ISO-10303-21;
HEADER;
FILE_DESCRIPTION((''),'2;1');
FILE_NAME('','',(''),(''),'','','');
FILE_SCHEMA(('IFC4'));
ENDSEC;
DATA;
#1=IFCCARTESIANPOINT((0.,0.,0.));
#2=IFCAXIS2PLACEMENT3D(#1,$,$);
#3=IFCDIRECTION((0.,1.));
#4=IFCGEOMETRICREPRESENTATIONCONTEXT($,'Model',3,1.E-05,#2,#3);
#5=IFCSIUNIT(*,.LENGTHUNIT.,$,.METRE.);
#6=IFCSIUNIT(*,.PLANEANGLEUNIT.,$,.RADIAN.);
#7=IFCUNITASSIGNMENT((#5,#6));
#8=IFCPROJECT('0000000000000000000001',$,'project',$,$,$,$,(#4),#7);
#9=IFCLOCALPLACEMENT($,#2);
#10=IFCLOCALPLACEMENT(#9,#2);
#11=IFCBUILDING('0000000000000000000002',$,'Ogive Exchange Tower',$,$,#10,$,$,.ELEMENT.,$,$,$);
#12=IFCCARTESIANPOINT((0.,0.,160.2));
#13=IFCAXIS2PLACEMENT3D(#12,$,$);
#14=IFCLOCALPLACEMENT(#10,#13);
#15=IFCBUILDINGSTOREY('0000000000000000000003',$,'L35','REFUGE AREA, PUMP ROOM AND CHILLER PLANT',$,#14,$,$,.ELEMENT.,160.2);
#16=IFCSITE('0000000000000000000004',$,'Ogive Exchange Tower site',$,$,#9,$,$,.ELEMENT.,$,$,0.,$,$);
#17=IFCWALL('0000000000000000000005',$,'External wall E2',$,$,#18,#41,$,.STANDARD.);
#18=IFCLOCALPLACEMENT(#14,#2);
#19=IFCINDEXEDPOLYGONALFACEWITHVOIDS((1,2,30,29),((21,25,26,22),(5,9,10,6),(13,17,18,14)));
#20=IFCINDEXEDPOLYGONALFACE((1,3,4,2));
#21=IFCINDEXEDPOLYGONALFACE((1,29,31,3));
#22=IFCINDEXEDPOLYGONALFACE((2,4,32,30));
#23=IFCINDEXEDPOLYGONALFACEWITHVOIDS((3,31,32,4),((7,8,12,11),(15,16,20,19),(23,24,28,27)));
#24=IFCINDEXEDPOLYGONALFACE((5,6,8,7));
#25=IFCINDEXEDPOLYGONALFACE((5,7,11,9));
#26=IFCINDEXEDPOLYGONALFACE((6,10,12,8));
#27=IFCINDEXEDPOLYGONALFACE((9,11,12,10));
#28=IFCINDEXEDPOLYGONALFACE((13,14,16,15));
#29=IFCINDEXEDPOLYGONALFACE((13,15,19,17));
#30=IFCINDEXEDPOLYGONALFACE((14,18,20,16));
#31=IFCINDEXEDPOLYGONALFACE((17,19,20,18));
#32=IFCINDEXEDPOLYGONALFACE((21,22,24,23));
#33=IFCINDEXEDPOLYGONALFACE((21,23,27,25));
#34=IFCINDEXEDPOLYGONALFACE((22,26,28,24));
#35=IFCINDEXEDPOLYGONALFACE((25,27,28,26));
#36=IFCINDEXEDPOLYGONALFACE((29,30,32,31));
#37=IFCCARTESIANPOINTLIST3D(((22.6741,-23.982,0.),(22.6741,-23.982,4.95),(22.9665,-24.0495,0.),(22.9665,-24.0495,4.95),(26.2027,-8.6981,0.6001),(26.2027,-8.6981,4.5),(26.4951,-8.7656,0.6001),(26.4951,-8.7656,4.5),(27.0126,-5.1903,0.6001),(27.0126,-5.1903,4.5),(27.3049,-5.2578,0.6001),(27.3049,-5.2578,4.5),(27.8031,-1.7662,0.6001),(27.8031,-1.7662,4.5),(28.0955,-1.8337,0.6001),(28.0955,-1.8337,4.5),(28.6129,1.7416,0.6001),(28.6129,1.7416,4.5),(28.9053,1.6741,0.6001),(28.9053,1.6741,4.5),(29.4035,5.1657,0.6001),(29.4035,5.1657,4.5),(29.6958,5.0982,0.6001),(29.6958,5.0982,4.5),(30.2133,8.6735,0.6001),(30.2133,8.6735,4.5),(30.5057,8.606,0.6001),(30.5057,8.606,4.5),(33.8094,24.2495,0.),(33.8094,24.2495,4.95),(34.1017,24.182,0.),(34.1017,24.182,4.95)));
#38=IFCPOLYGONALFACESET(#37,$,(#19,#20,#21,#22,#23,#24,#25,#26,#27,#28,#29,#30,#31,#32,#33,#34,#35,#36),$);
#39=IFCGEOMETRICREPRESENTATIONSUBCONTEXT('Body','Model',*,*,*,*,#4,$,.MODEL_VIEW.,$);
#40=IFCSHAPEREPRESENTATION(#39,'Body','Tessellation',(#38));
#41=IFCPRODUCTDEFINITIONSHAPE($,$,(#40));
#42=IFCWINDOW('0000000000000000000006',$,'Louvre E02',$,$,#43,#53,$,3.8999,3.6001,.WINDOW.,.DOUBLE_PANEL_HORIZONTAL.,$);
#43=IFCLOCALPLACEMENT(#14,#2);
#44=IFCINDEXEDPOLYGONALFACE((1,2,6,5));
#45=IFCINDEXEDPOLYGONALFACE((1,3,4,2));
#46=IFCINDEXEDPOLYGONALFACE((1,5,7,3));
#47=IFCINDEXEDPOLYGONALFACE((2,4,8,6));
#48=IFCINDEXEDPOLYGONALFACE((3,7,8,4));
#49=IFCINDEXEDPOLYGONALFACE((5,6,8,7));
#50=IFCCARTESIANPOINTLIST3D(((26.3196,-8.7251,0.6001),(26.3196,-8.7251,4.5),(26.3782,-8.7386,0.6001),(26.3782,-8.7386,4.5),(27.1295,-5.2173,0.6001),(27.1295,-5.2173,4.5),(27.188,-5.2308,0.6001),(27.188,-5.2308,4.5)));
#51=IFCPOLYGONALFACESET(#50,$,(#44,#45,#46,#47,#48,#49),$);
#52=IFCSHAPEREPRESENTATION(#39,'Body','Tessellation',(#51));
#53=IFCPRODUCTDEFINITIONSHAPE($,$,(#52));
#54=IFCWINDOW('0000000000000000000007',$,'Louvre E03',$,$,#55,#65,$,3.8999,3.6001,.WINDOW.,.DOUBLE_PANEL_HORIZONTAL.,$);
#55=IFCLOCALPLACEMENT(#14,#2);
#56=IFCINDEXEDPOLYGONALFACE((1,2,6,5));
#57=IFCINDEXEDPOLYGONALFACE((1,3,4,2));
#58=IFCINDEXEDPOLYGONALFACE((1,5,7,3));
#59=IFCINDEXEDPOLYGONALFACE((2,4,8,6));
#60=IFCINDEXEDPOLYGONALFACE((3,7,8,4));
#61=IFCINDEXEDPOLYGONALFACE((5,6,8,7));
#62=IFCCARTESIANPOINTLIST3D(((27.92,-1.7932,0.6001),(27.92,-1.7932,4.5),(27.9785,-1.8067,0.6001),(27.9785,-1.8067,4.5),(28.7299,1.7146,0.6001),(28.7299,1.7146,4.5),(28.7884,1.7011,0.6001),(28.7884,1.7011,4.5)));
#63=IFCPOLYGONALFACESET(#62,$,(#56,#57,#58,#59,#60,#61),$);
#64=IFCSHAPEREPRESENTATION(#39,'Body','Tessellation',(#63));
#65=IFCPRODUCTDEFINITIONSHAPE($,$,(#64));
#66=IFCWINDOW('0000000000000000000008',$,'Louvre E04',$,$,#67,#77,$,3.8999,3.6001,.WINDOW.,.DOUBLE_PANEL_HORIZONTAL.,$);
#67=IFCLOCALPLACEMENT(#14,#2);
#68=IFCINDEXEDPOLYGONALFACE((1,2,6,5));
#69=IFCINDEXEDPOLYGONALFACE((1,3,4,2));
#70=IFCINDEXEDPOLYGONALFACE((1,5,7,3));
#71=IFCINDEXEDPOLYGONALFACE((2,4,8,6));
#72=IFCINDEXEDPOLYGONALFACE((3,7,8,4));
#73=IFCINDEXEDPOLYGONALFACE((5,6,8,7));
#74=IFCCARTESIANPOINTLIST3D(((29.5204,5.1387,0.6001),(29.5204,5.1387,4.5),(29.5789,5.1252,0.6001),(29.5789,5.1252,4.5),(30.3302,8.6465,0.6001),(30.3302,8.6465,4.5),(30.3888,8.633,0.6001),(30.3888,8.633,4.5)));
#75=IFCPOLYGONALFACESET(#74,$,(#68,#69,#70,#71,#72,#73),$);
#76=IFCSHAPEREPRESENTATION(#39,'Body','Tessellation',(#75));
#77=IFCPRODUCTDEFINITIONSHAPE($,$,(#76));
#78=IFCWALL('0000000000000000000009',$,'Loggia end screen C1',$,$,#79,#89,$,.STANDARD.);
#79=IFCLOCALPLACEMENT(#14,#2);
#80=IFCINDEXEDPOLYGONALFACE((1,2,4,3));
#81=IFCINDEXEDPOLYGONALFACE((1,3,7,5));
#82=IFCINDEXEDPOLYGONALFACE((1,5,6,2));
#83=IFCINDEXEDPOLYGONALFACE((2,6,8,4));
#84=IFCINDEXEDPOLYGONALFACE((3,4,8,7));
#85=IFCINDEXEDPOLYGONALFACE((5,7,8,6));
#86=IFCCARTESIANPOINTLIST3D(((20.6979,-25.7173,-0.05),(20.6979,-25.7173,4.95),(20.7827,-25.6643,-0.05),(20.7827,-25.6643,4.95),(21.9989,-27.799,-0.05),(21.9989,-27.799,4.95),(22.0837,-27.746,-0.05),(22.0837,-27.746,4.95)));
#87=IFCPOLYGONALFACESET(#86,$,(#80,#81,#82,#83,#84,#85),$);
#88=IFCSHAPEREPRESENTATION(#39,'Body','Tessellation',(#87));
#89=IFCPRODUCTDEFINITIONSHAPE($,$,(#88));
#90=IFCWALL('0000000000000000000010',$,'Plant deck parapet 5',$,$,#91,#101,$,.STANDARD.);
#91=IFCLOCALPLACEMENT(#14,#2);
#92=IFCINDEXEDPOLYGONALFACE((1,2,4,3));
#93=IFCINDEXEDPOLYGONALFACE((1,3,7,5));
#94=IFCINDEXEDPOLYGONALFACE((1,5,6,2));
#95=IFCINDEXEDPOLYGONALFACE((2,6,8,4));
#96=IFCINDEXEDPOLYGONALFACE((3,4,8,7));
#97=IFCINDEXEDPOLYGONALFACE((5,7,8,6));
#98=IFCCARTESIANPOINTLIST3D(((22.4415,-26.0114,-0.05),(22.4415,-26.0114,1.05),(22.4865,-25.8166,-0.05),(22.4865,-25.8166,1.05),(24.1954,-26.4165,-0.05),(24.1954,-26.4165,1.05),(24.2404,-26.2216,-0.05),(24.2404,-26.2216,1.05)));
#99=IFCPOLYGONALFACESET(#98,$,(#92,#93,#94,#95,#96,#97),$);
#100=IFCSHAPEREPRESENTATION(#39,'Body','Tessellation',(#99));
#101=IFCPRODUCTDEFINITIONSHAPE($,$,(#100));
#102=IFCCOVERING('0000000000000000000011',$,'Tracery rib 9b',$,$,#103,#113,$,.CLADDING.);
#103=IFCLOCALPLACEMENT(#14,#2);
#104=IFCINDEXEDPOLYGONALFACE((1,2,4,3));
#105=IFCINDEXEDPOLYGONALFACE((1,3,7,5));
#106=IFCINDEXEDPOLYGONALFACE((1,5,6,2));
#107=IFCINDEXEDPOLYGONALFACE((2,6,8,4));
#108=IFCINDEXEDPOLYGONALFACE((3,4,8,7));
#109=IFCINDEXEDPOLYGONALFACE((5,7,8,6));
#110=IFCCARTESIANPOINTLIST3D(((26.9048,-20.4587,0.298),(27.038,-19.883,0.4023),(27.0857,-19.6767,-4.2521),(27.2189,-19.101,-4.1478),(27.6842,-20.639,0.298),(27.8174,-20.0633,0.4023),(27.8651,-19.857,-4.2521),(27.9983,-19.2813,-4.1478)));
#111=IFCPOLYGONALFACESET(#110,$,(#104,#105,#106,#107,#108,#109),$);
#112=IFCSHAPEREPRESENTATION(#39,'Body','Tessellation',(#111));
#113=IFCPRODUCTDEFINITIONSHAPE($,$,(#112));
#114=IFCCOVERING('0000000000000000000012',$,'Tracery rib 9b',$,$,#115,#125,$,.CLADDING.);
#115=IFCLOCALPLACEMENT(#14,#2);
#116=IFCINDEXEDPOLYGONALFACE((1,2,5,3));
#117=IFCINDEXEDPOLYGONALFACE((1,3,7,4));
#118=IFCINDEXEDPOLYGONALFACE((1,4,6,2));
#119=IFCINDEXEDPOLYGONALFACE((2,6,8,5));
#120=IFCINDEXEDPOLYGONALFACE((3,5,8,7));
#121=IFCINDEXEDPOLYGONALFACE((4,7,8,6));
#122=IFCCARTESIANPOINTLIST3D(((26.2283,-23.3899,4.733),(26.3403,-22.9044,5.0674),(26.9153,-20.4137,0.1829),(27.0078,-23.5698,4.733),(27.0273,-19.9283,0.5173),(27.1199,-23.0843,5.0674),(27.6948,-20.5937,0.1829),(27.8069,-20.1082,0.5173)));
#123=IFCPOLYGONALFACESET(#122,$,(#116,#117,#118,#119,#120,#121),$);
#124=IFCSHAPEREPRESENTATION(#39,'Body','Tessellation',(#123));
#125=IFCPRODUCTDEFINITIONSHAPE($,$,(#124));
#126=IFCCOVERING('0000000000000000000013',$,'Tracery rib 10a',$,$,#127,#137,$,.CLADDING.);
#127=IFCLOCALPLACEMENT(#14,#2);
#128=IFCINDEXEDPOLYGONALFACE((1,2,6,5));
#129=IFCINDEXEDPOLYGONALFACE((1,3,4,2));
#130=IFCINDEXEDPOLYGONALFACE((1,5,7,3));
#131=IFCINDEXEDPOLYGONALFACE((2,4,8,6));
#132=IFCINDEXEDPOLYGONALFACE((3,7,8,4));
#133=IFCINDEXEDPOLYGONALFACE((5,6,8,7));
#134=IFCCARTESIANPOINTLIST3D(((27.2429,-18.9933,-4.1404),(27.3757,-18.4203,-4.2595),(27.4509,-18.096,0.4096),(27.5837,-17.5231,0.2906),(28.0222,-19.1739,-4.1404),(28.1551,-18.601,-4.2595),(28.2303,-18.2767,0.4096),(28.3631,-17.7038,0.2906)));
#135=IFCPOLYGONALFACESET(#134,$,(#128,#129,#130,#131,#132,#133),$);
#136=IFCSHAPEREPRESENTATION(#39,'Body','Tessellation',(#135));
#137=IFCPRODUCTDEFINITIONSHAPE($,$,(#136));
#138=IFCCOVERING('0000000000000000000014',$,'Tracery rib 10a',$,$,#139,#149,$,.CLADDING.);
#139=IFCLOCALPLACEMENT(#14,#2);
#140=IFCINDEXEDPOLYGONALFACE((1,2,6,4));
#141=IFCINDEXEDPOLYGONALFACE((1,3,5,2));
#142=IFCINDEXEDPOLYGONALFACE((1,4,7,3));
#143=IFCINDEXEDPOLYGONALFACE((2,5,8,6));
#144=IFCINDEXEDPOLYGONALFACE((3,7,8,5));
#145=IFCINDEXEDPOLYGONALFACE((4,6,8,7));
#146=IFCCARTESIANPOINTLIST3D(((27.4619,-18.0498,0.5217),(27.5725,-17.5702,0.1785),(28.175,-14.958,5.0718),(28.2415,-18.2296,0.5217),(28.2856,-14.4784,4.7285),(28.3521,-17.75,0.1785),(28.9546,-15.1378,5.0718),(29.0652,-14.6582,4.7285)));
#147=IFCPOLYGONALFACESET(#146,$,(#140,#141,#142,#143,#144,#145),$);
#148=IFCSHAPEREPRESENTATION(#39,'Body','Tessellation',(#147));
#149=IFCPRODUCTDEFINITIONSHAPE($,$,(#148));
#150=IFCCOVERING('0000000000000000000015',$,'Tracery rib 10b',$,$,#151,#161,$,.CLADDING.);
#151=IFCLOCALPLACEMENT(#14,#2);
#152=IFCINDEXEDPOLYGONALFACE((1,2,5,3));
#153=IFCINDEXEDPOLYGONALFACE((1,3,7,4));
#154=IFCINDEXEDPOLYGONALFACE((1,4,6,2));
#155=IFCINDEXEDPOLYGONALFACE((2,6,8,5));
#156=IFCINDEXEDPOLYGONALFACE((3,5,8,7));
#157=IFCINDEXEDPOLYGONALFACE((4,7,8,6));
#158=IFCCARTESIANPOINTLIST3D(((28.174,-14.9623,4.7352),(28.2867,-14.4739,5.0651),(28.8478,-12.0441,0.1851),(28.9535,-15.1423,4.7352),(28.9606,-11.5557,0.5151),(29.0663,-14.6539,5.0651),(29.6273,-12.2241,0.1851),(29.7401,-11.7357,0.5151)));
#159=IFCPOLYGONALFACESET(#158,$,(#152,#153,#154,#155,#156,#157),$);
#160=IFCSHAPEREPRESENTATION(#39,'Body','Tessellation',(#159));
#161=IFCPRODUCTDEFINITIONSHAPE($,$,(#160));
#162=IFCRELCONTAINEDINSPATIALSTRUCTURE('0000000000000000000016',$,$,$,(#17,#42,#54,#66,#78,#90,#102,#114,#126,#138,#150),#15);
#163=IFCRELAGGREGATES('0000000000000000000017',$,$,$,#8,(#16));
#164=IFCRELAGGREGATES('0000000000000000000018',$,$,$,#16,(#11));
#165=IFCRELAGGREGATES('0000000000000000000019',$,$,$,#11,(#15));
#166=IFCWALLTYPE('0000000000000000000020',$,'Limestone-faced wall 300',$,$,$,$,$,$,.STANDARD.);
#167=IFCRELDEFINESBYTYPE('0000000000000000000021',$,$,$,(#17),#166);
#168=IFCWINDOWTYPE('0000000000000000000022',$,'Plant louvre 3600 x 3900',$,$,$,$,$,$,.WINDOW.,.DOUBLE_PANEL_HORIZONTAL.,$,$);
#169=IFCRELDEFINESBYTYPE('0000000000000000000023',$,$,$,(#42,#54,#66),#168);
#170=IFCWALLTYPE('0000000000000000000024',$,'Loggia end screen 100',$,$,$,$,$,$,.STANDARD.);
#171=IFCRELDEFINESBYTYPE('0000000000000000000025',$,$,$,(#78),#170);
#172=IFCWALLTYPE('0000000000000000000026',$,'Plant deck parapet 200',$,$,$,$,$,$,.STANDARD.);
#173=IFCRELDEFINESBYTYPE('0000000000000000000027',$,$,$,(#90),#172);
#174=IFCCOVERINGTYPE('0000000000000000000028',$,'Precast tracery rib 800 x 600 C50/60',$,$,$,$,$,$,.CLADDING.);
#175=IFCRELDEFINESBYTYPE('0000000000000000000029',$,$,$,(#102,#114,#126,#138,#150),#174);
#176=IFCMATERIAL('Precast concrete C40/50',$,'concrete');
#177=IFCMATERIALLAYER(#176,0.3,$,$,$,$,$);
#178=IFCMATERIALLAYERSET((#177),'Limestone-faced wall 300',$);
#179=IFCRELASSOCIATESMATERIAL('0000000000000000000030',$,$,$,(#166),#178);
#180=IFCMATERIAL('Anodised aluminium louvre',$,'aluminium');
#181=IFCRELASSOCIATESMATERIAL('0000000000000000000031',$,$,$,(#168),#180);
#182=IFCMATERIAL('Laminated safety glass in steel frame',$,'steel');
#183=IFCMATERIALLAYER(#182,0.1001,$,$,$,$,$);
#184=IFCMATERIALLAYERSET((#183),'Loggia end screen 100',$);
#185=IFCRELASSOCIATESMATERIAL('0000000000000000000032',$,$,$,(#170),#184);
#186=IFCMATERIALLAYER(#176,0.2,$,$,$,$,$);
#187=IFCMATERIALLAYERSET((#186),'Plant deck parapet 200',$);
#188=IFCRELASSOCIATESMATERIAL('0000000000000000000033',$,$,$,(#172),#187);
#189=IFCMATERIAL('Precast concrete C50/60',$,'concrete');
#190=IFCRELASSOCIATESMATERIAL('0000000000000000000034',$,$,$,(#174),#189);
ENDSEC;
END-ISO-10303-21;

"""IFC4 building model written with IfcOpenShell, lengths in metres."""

from ifc_helpers import new_model, si_unit, direction, frame, frame_2d, origin, origin_2d, place, context, subcontext, project, spatial, rectangle, extrude, material, layer, layer_set, material_profile, profile_set, type_object, element, fill, save


model = new_model("IFC4")

# Units and contexts
model_context = context("Model", 3, precision=1e-05, world=origin(), true_north=direction((0.0, 1.0)))
body_context = subcontext(model_context, "Body", "Model", "MODEL_VIEW")
ifc_project = project(units=[si_unit("LENGTHUNIT", "METRE"), si_unit("PLANEANGLEUNIT", "RADIAN")], contexts=[model_context])

# Site, building, storey
site_placement = place(None, origin())
site = spatial("IfcSite", under=ifc_project, at=site_placement, Name="Ogive Exchange Tower site", CompositionType="ELEMENT", RefElevation=0.0)
building_placement = place(site_placement, origin())
building = spatial("IfcBuilding", under=site, at=building_placement, Name="Ogive Exchange Tower", CompositionType="ELEMENT")
storey_placement = place(building_placement, frame((0.0, 0.0, 160.2)))
storey = spatial("IfcBuildingStorey", under=building, at=storey_placement, Name="L35", Description="REFUGE AREA, PUMP ROOM AND CHILLER PLANT", CompositionType="ELEMENT", Elevation=160.2)

# Wall, openings, windows
ifc_material_1 = material(Name="Precast concrete C40/50", Category="concrete")
ifc_layer_1 = layer(ifc_material_1, 0.3)
ifc_layer_set_1 = layer_set([ifc_layer_1], Name="Limestone-faced wall 300")
wall_type_1 = type_object("IfcWallType", Name="Limestone-faced wall 300", PredefinedType="STANDARD", material=ifc_layer_set_1)
wall_1_placement = place(storey_placement, frame((22.8203, -24.0156, 0.0), z_axis=(0.0, 0.0, 1.0), x_axis=(0.224954, 0.974369, 0.0)))
wall_1 = element("IfcWall", 1, at=wall_1_placement, inside=storey, type_object=wall_type_1, Name="External wall E2", PredefinedType="STANDARD", context=body_context, shape_type="SweptSolid", body=[
    extrude(rectangle(XDim=49.5002, YDim=0.3, at=frame_2d((24.75, 0.0))), origin(), (0.0, 0.0, 1.0), 4.95),
])
opening_1_placement = place(wall_1_placement, frame((15.6858, 0.0, 0.6001)))
opening_1 = element("IfcOpeningElement", 2, at=opening_1_placement, cuts=wall_1, PredefinedType="OPENING", context=body_context, shape_type="SweptSolid", body=[
    extrude(rectangle(XDim=3.6001, YDim=3.8999, at=frame_2d((1.8, 1.95))), frame((0.0, 0.1599, 0.0), z_axis=(0.0, -1.0, 0.0), x_axis=(1.0, 0.0, 0.0)), (0.0, 0.0, 1.0), 0.3201),
])
opening_2_placement = place(wall_1_placement, frame((22.8, 0.0, 0.6001)))
opening_2 = element("IfcOpeningElement", 3, at=opening_2_placement, cuts=wall_1, PredefinedType="OPENING", context=body_context, shape_type="SweptSolid", body=[
    extrude(rectangle(XDim=3.6001, YDim=3.8999, at=frame_2d((1.8, 1.95))), frame((0.0, 0.1599, 0.0), z_axis=(0.0, -1.0, 0.0), x_axis=(1.0, 0.0, 0.0)), (0.0, 0.0, 1.0), 0.3201),
])
opening_3_placement = place(wall_1_placement, frame((29.9143, 0.0, 0.6001)))
opening_3 = element("IfcOpeningElement", 4, at=opening_3_placement, cuts=wall_1, PredefinedType="OPENING", context=body_context, shape_type="SweptSolid", body=[
    extrude(rectangle(XDim=3.6001, YDim=3.8999, at=frame_2d((1.8, 1.95))), frame((0.0, 0.1599, 0.0), z_axis=(0.0, -1.0, 0.0), x_axis=(1.0, 0.0, 0.0)), (0.0, 0.0, 1.0), 0.3201),
])
ifc_material_2 = material(Name="Anodised aluminium louvre", Category="aluminium")
window_type = type_object("IfcWindowType", Name="Plant louvre 3600 x 3900", PartitioningType="DOUBLE_PANEL_HORIZONTAL", PredefinedType="WINDOW", material=ifc_material_2)
window_1_placement = place(opening_1_placement, origin())
window_1 = element("IfcWindow", 5, at=window_1_placement, inside=storey, type_object=window_type, Name="Louvre E02", OverallHeight=3.8999, OverallWidth=3.6001, PartitioningType="DOUBLE_PANEL_HORIZONTAL", PredefinedType="WINDOW", context=body_context, shape_type="SweptSolid", body=[
    extrude(rectangle(XDim=3.6001, YDim=3.8999, at=frame_2d((1.8, 1.95))), frame((0.0, 0.03, 0.0), z_axis=(0.0, -1.0, 0.0), x_axis=(1.0, 0.0, 0.0)), (0.0, 0.0, 1.0), 0.0601),
])
fill(opening_1, window_1)
window_2_placement = place(opening_2_placement, origin())
window_2 = element("IfcWindow", 6, at=window_2_placement, inside=storey, type_object=window_type, Name="Louvre E03", OverallHeight=3.8999, OverallWidth=3.6001, PartitioningType="DOUBLE_PANEL_HORIZONTAL", PredefinedType="WINDOW", context=body_context, shape_type="SweptSolid", body=[
    extrude(rectangle(XDim=3.6001, YDim=3.8999, at=frame_2d((1.8, 1.95))), frame((0.0, 0.03, 0.0), z_axis=(0.0, -1.0, 0.0), x_axis=(1.0, 0.0, 0.0)), (0.0, 0.0, 1.0), 0.0601),
])
fill(opening_2, window_2)
window_3_placement = place(opening_3_placement, origin())
window_3 = element("IfcWindow", 7, at=window_3_placement, inside=storey, type_object=window_type, Name="Louvre E04", OverallHeight=3.8999, OverallWidth=3.6001, PartitioningType="DOUBLE_PANEL_HORIZONTAL", PredefinedType="WINDOW", context=body_context, shape_type="SweptSolid", body=[
    extrude(rectangle(XDim=3.6001, YDim=3.8999, at=frame_2d((1.8, 1.95))), frame((0.0, 0.03, 0.0), z_axis=(0.0, -1.0, 0.0), x_axis=(1.0, 0.0, 0.0)), (0.0, 0.0, 1.0), 0.0601),
])
fill(opening_3, window_3)

# Walls
ifc_material_3 = material(Name="Laminated safety glass in steel frame", Category="steel")
ifc_layer_2 = layer(ifc_material_3, 0.1001)
ifc_layer_set_2 = layer_set([ifc_layer_2], Name="Loggia end screen 100")
wall_type_2 = type_object("IfcWallType", Name="Loggia end screen 100", PredefinedType="STANDARD", material=ifc_layer_set_2)
wall_2_placement = place(storey_placement, frame((20.7402, -25.6907, -0.05), z_axis=(0.0, 0.0, 1.0), x_axis=(0.529972, -0.848015, 0.0)))
element("IfcWall", 8, at=wall_2_placement, inside=storey, type_object=wall_type_2, Name="Loggia end screen C1", PredefinedType="STANDARD", context=body_context, shape_type="SweptSolid", body=[
    extrude(rectangle(XDim=2.4548, YDim=0.1001, at=frame_2d((1.2275, 0.0))), origin(), (0.0, 0.0, 1.0), 5.0),
])
ifc_layer_3 = layer(ifc_material_1, 0.2)
ifc_layer_set_3 = layer_set([ifc_layer_3], Name="Plant deck parapet 200")
wall_type_3 = type_object("IfcWallType", Name="Plant deck parapet 200", PredefinedType="STANDARD", material=ifc_layer_set_3)
wall_3_placement = place(storey_placement, frame((22.4641, -25.9141, -0.05), z_axis=(0.0, 0.0, 1.0), x_axis=(0.974357, -0.225008, 0.0)))
element("IfcWall", 9, at=wall_3_placement, inside=storey, type_object=wall_type_3, Name="Plant deck parapet 5", PredefinedType="STANDARD", context=body_context, shape_type="SweptSolid", body=[
    extrude(rectangle(XDim=1.8, YDim=0.2, at=frame_2d((0.8999, 0.0))), origin(), (0.0, 0.0, 1.0), 1.1001),
])

# Coverings
ifc_material_4 = material(Name="Precast concrete C50/60", Category="concrete")
ifc_material_profile_1 = material_profile(ifc_material_4, rectangle(XDim=0.8, YDim=0.6001, at=origin_2d()), Name="RIB 800 x 600")
ifc_profile_set_1 = profile_set([ifc_material_profile_1], Name="Precast concrete C50/60")
covering_type = type_object("IfcCoveringType", Name="Precast tracery rib 800 x 600 C50/60", PredefinedType="CLADDING", material=ifc_profile_set_1)
covering_1_placement = place(storey_placement, frame((27.542, -19.479, -4.2), z_axis=(-0.039155, -0.169249, 0.984795), x_axis=(0.974268, -0.225393, 0.0)))
element("IfcCovering", 10, at=covering_1_placement, inside=storey, type_object=covering_type, Name="Tracery rib 9b", PredefinedType="CLADDING", context=body_context, shape_type="SweptSolid", body=[
    extrude(rectangle(XDim=0.8, YDim=0.6001, at=origin_2d()), origin(), (0.0, 0.0, 1.0), 4.6204),
])
covering_2_placement = place(storey_placement, frame((27.3611, -20.261, 0.3501), z_axis=(-0.125364, -0.543065, 0.830279), x_axis=(0.974375, -0.22493, 0.0)))
element("IfcCovering", 11, at=covering_2_placement, inside=storey, type_object=covering_type, Name="Tracery rib 9b", PredefinedType="CLADDING", context=body_context, shape_type="SweptSolid", body=[
    extrude(rectangle(XDim=0.8, YDim=0.6001, at=origin_2d()), origin(), (0.0, 0.0, 1.0), 5.4802),
])
covering_3_placement = place(storey_placement, frame((27.699, -18.7971, -4.2), z_axis=(0.044807, 0.193269, 0.980122), x_axis=(-0.974163, 0.225847, 0.0)))
element("IfcCovering", 12, at=covering_3_placement, inside=storey, type_object=covering_type, Name="Tracery rib 10a", PredefinedType="CLADDING", context=body_context, shape_type="SweptSolid", body=[
    extrude(rectangle(XDim=0.8, YDim=0.6001, at=origin_2d()), origin(), (0.0, 0.0, 1.0), 4.6423),
])
covering_4_placement = place(storey_placement, frame((27.907, -17.8999, 0.3501), z_axis=(0.128559, 0.557368, 0.820252), x_axis=(-0.974416, 0.224753, 0.0)))
element("IfcCovering", 13, at=covering_4_placement, inside=storey, type_object=covering_type, Name="Tracery rib 10a", PredefinedType="CLADDING", context=body_context, shape_type="SweptSolid", body=[
    extrude(rectangle(XDim=0.8, YDim=0.6001, at=origin_2d()), origin(), (0.0, 0.0, 1.0), 5.5471),
])
covering_5_placement = place(storey_placement, frame((29.2939, -11.8899, 0.3501), z_axis=(-0.1237, -0.535718, 0.835287), x_axis=(0.974362, -0.224985, 0.0)))
element("IfcCovering", 14, at=covering_5_placement, inside=storey, type_object=covering_type, Name="Tracery rib 10b", PredefinedType="CLADDING", context=body_context, shape_type="SweptSolid", body=[
    extrude(rectangle(XDim=0.8, YDim=0.6001, at=origin_2d()), origin(), (0.0, 0.0, 1.0), 5.4473),
])

save(model, "model.ifc")
